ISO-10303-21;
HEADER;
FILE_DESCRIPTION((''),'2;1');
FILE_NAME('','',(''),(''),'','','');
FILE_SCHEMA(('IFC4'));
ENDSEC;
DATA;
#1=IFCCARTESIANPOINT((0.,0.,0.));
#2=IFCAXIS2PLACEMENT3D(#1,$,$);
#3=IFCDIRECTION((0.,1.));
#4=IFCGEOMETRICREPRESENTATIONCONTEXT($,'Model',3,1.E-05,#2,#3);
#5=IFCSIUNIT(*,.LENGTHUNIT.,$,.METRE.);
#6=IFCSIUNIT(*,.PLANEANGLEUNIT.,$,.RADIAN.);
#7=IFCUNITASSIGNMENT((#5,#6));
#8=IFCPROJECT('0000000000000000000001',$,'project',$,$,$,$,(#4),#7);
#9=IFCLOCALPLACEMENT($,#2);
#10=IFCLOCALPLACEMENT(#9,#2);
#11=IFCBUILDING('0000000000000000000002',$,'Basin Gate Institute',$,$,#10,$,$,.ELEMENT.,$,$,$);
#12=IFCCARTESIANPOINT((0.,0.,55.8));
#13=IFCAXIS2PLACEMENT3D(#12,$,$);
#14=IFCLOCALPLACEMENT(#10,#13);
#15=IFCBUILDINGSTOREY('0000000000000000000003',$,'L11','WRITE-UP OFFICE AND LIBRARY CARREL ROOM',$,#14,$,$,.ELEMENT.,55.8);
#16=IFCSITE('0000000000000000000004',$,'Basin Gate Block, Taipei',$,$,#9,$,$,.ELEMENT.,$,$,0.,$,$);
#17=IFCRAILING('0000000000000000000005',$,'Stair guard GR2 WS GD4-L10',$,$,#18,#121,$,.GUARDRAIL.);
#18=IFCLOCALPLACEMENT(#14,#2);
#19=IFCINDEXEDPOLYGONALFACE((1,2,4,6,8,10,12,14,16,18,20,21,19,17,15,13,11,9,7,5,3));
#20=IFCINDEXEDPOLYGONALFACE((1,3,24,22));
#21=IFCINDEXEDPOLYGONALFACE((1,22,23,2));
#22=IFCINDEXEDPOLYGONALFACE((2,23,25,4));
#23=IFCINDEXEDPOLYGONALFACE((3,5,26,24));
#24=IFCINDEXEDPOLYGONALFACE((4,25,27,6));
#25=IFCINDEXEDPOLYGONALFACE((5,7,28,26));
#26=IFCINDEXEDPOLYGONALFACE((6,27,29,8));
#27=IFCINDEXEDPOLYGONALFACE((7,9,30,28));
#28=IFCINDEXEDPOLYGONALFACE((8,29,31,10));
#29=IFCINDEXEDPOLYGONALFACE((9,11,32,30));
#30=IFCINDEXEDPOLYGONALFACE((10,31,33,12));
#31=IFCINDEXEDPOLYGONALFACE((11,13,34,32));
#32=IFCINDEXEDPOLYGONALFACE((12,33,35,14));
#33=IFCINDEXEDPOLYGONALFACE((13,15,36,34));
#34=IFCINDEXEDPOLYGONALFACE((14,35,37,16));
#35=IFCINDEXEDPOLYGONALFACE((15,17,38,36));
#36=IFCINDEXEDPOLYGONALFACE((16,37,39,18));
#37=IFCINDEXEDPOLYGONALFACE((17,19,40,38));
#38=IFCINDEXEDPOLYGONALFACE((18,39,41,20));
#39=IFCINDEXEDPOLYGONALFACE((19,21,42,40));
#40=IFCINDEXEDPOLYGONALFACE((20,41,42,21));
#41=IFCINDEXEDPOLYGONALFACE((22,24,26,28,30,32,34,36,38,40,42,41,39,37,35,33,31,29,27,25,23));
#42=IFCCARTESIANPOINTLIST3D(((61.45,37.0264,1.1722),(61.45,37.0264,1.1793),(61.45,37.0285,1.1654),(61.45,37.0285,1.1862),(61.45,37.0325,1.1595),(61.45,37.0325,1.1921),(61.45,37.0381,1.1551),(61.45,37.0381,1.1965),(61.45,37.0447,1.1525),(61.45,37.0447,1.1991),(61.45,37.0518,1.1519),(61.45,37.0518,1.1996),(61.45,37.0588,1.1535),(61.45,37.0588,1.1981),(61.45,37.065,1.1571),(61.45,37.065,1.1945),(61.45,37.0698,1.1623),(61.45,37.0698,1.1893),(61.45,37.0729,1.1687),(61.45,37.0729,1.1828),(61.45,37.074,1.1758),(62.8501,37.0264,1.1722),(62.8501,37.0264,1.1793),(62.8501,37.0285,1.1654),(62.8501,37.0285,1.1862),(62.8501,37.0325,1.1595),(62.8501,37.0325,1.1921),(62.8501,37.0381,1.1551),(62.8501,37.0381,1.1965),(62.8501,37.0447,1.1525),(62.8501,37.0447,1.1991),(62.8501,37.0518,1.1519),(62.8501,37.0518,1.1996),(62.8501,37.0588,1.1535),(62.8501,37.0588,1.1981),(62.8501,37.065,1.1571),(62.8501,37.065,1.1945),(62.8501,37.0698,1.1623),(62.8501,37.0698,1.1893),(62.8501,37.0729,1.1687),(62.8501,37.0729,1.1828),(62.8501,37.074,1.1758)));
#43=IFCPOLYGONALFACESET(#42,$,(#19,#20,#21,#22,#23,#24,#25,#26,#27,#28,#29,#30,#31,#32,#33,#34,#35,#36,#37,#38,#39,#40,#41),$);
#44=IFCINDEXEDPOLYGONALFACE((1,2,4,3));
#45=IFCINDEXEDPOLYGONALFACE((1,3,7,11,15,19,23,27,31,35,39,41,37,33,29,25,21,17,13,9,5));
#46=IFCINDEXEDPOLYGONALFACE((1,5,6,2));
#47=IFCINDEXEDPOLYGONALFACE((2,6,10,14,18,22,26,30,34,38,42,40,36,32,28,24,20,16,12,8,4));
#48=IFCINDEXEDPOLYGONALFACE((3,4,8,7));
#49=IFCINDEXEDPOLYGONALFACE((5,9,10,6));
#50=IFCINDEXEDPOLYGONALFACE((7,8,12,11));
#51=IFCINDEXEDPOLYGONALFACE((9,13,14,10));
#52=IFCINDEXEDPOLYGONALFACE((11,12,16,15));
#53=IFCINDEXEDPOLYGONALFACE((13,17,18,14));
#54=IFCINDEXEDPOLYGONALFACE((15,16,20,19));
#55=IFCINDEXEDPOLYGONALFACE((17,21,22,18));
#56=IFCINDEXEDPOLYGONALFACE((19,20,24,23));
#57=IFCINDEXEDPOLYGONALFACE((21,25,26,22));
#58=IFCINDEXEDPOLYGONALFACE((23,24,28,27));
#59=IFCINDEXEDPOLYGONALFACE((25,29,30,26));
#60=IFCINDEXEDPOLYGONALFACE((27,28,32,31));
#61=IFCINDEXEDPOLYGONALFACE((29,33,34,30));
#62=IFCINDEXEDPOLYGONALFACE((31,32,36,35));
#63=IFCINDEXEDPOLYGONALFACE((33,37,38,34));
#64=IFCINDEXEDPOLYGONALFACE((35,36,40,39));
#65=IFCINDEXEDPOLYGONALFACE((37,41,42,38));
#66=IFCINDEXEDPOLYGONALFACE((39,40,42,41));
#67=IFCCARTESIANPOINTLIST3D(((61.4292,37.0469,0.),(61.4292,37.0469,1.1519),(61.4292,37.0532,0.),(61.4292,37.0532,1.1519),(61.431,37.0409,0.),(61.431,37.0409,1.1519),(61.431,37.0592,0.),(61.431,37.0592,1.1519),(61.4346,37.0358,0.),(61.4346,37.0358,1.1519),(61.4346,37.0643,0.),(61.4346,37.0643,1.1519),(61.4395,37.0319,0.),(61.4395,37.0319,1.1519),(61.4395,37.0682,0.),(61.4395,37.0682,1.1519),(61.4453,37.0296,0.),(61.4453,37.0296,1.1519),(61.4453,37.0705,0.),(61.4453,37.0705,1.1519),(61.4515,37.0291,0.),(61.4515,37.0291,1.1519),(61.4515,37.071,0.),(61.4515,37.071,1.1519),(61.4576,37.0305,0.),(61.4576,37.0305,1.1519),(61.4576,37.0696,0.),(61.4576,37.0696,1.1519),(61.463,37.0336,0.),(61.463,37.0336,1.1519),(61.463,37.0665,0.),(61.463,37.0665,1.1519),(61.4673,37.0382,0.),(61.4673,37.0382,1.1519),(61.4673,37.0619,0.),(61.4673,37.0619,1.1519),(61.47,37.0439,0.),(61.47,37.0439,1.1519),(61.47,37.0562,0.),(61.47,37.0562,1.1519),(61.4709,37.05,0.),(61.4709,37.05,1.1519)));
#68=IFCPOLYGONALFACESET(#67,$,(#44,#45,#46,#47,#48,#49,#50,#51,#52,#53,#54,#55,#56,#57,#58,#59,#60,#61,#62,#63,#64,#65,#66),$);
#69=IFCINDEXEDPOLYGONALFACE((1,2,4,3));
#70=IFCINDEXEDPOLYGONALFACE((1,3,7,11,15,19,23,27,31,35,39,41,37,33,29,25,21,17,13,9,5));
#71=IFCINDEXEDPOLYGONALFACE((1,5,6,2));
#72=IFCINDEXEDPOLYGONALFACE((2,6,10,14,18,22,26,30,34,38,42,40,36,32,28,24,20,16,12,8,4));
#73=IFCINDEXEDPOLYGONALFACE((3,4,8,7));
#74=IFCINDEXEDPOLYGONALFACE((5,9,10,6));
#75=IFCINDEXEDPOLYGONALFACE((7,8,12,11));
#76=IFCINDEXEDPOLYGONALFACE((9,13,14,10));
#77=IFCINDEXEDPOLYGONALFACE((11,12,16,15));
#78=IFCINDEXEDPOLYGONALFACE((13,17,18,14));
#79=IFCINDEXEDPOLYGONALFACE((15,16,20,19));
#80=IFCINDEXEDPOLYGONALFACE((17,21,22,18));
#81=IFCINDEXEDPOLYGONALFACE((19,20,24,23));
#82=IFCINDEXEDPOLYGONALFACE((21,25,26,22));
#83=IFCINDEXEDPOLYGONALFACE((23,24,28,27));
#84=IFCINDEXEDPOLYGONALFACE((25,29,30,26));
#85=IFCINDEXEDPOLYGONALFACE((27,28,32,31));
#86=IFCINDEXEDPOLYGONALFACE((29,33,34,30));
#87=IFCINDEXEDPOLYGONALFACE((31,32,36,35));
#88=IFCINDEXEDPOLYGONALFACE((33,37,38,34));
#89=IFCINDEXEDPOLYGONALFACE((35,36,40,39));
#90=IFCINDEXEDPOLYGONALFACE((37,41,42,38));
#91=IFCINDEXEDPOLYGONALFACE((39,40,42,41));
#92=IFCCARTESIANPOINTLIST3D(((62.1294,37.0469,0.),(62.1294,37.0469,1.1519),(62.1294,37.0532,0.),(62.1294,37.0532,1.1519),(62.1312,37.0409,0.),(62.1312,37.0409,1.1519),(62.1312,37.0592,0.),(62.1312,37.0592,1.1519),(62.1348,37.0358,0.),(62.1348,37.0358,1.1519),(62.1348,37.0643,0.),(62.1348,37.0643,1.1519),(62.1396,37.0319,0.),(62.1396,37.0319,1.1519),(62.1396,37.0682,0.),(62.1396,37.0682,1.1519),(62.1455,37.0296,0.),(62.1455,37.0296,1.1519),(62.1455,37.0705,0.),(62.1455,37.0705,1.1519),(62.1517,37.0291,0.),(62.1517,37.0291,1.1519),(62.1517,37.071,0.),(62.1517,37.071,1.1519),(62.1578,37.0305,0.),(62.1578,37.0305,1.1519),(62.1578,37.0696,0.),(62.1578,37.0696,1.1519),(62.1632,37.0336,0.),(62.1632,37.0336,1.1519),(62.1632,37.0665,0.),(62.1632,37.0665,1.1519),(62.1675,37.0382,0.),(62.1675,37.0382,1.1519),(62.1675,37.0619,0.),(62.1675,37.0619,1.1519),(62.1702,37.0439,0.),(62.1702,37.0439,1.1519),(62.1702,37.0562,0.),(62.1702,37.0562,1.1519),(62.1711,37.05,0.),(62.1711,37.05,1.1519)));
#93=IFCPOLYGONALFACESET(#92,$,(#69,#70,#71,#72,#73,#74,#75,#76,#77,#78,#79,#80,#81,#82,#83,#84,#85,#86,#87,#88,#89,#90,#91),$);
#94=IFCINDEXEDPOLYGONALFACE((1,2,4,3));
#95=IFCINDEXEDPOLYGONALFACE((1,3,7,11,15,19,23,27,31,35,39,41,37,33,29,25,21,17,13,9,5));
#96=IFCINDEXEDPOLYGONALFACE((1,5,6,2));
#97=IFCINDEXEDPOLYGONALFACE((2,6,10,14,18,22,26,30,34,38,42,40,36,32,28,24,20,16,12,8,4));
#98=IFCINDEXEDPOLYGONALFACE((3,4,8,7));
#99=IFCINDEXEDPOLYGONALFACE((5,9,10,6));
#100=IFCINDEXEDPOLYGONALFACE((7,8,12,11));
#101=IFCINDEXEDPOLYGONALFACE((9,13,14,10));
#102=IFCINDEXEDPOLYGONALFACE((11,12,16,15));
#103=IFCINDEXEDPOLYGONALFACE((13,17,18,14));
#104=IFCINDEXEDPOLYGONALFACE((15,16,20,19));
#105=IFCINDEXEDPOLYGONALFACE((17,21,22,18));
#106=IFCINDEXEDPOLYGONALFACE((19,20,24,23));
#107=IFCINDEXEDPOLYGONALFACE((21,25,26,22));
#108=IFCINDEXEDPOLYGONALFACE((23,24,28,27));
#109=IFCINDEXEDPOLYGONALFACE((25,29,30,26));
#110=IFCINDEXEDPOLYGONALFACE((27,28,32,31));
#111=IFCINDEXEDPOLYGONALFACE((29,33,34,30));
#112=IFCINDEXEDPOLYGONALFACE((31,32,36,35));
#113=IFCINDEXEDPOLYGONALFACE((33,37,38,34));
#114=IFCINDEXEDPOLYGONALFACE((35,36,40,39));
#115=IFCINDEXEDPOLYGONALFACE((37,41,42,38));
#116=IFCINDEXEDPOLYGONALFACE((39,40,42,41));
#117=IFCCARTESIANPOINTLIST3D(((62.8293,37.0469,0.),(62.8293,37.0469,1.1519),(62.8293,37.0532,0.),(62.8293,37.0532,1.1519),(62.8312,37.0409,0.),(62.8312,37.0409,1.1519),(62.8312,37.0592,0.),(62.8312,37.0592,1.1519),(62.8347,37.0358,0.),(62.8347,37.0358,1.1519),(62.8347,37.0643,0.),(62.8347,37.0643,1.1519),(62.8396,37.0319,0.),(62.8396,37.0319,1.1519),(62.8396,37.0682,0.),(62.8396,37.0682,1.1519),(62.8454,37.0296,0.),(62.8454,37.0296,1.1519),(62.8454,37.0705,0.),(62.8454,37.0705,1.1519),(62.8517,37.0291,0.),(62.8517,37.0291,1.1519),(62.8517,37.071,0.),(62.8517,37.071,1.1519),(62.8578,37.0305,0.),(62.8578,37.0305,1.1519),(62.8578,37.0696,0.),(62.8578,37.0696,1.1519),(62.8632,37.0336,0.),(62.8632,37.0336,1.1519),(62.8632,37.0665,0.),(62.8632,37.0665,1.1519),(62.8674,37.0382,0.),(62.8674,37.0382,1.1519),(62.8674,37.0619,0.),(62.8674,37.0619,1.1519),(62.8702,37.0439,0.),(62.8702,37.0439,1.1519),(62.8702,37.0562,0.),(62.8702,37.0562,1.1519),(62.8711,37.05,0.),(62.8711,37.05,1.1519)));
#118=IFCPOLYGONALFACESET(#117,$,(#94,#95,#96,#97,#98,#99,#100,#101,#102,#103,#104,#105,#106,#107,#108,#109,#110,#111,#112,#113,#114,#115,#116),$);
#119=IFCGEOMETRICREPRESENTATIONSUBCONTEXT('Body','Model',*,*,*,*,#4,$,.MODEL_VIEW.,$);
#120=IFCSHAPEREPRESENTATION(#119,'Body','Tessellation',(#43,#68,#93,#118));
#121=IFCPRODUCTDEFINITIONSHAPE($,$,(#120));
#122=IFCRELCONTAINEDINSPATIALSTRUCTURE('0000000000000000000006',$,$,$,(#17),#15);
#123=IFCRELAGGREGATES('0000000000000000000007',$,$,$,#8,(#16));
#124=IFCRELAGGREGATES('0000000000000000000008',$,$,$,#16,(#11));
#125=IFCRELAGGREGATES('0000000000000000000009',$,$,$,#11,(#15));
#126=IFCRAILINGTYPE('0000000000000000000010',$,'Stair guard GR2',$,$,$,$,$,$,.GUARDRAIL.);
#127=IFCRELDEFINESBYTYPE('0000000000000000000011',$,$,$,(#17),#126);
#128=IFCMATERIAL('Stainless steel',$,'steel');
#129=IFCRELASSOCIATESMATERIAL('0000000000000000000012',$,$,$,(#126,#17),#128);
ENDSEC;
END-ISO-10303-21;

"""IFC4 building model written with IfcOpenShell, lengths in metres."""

from ifc_helpers import new_model, si_unit, direction, frame, origin, origin_2d, place, context, subcontext, project, spatial, circle, extrude, material, type_object, element, save


model = new_model("IFC4")

# Units and contexts
model_context = context("Model", 3, precision=1e-05, world=origin(), true_north=direction((0.0, 1.0)))
body_context = subcontext(model_context, "Body", "Model", "MODEL_VIEW")
ifc_project = project(units=[si_unit("LENGTHUNIT", "METRE"), si_unit("PLANEANGLEUNIT", "RADIAN")], contexts=[model_context])

# Site, building, storey
site_placement = place(None, origin())
site = spatial("IfcSite", under=ifc_project, at=site_placement, Name="Basin Gate Block, Taipei", CompositionType="ELEMENT", RefElevation=0.0)
building_placement = place(site_placement, origin())
building = spatial("IfcBuilding", under=site, at=building_placement, Name="Basin Gate Institute", CompositionType="ELEMENT")
storey_placement = place(building_placement, frame((0.0, 0.0, 55.8)))
storey = spatial("IfcBuildingStorey", under=building, at=storey_placement, Name="L11", Description="WRITE-UP OFFICE AND LIBRARY CARREL ROOM", CompositionType="ELEMENT", Elevation=55.8)

# Railing
ifc_material_1 = material(Name="Stainless steel", Category="steel")
railing_type_1 = type_object("IfcRailingType", Name="Stair guard GR2", PredefinedType="GUARDRAIL", material=ifc_material_1)
railing_1_placement = place(storey_placement, frame((61.45, 37.05, 0.0)))
element("IfcRailing", 1, at=railing_1_placement, inside=storey, type_object=railing_type_1, material=ifc_material_1, Name="Stair guard GR2 WS GD4-L10", PredefinedType="GUARDRAIL", context=body_context, shape_type="SweptSolid", body=[
    extrude(circle(Radius=0.0239, at=origin_2d()), frame((0.0, 0.0, 1.1758), z_axis=(1.0, 0.0, 0.0), x_axis=(0.0, 1.0, 0.0)), (0.0, 0.0, 1.0), 1.4001),
    extrude(circle(Radius=0.021, at=origin_2d()), origin(), (0.0, 0.0, 1.0), 1.1519),
    extrude(circle(Radius=0.021, at=origin_2d()), frame((0.7002, 0.0, 0.0)), (0.0, 0.0, 1.0), 1.1519),
    extrude(circle(Radius=0.021, at=origin_2d()), frame((1.4001, 0.0, 0.0)), (0.0, 0.0, 1.0), 1.1519),
])

save(model, "model.ifc")
